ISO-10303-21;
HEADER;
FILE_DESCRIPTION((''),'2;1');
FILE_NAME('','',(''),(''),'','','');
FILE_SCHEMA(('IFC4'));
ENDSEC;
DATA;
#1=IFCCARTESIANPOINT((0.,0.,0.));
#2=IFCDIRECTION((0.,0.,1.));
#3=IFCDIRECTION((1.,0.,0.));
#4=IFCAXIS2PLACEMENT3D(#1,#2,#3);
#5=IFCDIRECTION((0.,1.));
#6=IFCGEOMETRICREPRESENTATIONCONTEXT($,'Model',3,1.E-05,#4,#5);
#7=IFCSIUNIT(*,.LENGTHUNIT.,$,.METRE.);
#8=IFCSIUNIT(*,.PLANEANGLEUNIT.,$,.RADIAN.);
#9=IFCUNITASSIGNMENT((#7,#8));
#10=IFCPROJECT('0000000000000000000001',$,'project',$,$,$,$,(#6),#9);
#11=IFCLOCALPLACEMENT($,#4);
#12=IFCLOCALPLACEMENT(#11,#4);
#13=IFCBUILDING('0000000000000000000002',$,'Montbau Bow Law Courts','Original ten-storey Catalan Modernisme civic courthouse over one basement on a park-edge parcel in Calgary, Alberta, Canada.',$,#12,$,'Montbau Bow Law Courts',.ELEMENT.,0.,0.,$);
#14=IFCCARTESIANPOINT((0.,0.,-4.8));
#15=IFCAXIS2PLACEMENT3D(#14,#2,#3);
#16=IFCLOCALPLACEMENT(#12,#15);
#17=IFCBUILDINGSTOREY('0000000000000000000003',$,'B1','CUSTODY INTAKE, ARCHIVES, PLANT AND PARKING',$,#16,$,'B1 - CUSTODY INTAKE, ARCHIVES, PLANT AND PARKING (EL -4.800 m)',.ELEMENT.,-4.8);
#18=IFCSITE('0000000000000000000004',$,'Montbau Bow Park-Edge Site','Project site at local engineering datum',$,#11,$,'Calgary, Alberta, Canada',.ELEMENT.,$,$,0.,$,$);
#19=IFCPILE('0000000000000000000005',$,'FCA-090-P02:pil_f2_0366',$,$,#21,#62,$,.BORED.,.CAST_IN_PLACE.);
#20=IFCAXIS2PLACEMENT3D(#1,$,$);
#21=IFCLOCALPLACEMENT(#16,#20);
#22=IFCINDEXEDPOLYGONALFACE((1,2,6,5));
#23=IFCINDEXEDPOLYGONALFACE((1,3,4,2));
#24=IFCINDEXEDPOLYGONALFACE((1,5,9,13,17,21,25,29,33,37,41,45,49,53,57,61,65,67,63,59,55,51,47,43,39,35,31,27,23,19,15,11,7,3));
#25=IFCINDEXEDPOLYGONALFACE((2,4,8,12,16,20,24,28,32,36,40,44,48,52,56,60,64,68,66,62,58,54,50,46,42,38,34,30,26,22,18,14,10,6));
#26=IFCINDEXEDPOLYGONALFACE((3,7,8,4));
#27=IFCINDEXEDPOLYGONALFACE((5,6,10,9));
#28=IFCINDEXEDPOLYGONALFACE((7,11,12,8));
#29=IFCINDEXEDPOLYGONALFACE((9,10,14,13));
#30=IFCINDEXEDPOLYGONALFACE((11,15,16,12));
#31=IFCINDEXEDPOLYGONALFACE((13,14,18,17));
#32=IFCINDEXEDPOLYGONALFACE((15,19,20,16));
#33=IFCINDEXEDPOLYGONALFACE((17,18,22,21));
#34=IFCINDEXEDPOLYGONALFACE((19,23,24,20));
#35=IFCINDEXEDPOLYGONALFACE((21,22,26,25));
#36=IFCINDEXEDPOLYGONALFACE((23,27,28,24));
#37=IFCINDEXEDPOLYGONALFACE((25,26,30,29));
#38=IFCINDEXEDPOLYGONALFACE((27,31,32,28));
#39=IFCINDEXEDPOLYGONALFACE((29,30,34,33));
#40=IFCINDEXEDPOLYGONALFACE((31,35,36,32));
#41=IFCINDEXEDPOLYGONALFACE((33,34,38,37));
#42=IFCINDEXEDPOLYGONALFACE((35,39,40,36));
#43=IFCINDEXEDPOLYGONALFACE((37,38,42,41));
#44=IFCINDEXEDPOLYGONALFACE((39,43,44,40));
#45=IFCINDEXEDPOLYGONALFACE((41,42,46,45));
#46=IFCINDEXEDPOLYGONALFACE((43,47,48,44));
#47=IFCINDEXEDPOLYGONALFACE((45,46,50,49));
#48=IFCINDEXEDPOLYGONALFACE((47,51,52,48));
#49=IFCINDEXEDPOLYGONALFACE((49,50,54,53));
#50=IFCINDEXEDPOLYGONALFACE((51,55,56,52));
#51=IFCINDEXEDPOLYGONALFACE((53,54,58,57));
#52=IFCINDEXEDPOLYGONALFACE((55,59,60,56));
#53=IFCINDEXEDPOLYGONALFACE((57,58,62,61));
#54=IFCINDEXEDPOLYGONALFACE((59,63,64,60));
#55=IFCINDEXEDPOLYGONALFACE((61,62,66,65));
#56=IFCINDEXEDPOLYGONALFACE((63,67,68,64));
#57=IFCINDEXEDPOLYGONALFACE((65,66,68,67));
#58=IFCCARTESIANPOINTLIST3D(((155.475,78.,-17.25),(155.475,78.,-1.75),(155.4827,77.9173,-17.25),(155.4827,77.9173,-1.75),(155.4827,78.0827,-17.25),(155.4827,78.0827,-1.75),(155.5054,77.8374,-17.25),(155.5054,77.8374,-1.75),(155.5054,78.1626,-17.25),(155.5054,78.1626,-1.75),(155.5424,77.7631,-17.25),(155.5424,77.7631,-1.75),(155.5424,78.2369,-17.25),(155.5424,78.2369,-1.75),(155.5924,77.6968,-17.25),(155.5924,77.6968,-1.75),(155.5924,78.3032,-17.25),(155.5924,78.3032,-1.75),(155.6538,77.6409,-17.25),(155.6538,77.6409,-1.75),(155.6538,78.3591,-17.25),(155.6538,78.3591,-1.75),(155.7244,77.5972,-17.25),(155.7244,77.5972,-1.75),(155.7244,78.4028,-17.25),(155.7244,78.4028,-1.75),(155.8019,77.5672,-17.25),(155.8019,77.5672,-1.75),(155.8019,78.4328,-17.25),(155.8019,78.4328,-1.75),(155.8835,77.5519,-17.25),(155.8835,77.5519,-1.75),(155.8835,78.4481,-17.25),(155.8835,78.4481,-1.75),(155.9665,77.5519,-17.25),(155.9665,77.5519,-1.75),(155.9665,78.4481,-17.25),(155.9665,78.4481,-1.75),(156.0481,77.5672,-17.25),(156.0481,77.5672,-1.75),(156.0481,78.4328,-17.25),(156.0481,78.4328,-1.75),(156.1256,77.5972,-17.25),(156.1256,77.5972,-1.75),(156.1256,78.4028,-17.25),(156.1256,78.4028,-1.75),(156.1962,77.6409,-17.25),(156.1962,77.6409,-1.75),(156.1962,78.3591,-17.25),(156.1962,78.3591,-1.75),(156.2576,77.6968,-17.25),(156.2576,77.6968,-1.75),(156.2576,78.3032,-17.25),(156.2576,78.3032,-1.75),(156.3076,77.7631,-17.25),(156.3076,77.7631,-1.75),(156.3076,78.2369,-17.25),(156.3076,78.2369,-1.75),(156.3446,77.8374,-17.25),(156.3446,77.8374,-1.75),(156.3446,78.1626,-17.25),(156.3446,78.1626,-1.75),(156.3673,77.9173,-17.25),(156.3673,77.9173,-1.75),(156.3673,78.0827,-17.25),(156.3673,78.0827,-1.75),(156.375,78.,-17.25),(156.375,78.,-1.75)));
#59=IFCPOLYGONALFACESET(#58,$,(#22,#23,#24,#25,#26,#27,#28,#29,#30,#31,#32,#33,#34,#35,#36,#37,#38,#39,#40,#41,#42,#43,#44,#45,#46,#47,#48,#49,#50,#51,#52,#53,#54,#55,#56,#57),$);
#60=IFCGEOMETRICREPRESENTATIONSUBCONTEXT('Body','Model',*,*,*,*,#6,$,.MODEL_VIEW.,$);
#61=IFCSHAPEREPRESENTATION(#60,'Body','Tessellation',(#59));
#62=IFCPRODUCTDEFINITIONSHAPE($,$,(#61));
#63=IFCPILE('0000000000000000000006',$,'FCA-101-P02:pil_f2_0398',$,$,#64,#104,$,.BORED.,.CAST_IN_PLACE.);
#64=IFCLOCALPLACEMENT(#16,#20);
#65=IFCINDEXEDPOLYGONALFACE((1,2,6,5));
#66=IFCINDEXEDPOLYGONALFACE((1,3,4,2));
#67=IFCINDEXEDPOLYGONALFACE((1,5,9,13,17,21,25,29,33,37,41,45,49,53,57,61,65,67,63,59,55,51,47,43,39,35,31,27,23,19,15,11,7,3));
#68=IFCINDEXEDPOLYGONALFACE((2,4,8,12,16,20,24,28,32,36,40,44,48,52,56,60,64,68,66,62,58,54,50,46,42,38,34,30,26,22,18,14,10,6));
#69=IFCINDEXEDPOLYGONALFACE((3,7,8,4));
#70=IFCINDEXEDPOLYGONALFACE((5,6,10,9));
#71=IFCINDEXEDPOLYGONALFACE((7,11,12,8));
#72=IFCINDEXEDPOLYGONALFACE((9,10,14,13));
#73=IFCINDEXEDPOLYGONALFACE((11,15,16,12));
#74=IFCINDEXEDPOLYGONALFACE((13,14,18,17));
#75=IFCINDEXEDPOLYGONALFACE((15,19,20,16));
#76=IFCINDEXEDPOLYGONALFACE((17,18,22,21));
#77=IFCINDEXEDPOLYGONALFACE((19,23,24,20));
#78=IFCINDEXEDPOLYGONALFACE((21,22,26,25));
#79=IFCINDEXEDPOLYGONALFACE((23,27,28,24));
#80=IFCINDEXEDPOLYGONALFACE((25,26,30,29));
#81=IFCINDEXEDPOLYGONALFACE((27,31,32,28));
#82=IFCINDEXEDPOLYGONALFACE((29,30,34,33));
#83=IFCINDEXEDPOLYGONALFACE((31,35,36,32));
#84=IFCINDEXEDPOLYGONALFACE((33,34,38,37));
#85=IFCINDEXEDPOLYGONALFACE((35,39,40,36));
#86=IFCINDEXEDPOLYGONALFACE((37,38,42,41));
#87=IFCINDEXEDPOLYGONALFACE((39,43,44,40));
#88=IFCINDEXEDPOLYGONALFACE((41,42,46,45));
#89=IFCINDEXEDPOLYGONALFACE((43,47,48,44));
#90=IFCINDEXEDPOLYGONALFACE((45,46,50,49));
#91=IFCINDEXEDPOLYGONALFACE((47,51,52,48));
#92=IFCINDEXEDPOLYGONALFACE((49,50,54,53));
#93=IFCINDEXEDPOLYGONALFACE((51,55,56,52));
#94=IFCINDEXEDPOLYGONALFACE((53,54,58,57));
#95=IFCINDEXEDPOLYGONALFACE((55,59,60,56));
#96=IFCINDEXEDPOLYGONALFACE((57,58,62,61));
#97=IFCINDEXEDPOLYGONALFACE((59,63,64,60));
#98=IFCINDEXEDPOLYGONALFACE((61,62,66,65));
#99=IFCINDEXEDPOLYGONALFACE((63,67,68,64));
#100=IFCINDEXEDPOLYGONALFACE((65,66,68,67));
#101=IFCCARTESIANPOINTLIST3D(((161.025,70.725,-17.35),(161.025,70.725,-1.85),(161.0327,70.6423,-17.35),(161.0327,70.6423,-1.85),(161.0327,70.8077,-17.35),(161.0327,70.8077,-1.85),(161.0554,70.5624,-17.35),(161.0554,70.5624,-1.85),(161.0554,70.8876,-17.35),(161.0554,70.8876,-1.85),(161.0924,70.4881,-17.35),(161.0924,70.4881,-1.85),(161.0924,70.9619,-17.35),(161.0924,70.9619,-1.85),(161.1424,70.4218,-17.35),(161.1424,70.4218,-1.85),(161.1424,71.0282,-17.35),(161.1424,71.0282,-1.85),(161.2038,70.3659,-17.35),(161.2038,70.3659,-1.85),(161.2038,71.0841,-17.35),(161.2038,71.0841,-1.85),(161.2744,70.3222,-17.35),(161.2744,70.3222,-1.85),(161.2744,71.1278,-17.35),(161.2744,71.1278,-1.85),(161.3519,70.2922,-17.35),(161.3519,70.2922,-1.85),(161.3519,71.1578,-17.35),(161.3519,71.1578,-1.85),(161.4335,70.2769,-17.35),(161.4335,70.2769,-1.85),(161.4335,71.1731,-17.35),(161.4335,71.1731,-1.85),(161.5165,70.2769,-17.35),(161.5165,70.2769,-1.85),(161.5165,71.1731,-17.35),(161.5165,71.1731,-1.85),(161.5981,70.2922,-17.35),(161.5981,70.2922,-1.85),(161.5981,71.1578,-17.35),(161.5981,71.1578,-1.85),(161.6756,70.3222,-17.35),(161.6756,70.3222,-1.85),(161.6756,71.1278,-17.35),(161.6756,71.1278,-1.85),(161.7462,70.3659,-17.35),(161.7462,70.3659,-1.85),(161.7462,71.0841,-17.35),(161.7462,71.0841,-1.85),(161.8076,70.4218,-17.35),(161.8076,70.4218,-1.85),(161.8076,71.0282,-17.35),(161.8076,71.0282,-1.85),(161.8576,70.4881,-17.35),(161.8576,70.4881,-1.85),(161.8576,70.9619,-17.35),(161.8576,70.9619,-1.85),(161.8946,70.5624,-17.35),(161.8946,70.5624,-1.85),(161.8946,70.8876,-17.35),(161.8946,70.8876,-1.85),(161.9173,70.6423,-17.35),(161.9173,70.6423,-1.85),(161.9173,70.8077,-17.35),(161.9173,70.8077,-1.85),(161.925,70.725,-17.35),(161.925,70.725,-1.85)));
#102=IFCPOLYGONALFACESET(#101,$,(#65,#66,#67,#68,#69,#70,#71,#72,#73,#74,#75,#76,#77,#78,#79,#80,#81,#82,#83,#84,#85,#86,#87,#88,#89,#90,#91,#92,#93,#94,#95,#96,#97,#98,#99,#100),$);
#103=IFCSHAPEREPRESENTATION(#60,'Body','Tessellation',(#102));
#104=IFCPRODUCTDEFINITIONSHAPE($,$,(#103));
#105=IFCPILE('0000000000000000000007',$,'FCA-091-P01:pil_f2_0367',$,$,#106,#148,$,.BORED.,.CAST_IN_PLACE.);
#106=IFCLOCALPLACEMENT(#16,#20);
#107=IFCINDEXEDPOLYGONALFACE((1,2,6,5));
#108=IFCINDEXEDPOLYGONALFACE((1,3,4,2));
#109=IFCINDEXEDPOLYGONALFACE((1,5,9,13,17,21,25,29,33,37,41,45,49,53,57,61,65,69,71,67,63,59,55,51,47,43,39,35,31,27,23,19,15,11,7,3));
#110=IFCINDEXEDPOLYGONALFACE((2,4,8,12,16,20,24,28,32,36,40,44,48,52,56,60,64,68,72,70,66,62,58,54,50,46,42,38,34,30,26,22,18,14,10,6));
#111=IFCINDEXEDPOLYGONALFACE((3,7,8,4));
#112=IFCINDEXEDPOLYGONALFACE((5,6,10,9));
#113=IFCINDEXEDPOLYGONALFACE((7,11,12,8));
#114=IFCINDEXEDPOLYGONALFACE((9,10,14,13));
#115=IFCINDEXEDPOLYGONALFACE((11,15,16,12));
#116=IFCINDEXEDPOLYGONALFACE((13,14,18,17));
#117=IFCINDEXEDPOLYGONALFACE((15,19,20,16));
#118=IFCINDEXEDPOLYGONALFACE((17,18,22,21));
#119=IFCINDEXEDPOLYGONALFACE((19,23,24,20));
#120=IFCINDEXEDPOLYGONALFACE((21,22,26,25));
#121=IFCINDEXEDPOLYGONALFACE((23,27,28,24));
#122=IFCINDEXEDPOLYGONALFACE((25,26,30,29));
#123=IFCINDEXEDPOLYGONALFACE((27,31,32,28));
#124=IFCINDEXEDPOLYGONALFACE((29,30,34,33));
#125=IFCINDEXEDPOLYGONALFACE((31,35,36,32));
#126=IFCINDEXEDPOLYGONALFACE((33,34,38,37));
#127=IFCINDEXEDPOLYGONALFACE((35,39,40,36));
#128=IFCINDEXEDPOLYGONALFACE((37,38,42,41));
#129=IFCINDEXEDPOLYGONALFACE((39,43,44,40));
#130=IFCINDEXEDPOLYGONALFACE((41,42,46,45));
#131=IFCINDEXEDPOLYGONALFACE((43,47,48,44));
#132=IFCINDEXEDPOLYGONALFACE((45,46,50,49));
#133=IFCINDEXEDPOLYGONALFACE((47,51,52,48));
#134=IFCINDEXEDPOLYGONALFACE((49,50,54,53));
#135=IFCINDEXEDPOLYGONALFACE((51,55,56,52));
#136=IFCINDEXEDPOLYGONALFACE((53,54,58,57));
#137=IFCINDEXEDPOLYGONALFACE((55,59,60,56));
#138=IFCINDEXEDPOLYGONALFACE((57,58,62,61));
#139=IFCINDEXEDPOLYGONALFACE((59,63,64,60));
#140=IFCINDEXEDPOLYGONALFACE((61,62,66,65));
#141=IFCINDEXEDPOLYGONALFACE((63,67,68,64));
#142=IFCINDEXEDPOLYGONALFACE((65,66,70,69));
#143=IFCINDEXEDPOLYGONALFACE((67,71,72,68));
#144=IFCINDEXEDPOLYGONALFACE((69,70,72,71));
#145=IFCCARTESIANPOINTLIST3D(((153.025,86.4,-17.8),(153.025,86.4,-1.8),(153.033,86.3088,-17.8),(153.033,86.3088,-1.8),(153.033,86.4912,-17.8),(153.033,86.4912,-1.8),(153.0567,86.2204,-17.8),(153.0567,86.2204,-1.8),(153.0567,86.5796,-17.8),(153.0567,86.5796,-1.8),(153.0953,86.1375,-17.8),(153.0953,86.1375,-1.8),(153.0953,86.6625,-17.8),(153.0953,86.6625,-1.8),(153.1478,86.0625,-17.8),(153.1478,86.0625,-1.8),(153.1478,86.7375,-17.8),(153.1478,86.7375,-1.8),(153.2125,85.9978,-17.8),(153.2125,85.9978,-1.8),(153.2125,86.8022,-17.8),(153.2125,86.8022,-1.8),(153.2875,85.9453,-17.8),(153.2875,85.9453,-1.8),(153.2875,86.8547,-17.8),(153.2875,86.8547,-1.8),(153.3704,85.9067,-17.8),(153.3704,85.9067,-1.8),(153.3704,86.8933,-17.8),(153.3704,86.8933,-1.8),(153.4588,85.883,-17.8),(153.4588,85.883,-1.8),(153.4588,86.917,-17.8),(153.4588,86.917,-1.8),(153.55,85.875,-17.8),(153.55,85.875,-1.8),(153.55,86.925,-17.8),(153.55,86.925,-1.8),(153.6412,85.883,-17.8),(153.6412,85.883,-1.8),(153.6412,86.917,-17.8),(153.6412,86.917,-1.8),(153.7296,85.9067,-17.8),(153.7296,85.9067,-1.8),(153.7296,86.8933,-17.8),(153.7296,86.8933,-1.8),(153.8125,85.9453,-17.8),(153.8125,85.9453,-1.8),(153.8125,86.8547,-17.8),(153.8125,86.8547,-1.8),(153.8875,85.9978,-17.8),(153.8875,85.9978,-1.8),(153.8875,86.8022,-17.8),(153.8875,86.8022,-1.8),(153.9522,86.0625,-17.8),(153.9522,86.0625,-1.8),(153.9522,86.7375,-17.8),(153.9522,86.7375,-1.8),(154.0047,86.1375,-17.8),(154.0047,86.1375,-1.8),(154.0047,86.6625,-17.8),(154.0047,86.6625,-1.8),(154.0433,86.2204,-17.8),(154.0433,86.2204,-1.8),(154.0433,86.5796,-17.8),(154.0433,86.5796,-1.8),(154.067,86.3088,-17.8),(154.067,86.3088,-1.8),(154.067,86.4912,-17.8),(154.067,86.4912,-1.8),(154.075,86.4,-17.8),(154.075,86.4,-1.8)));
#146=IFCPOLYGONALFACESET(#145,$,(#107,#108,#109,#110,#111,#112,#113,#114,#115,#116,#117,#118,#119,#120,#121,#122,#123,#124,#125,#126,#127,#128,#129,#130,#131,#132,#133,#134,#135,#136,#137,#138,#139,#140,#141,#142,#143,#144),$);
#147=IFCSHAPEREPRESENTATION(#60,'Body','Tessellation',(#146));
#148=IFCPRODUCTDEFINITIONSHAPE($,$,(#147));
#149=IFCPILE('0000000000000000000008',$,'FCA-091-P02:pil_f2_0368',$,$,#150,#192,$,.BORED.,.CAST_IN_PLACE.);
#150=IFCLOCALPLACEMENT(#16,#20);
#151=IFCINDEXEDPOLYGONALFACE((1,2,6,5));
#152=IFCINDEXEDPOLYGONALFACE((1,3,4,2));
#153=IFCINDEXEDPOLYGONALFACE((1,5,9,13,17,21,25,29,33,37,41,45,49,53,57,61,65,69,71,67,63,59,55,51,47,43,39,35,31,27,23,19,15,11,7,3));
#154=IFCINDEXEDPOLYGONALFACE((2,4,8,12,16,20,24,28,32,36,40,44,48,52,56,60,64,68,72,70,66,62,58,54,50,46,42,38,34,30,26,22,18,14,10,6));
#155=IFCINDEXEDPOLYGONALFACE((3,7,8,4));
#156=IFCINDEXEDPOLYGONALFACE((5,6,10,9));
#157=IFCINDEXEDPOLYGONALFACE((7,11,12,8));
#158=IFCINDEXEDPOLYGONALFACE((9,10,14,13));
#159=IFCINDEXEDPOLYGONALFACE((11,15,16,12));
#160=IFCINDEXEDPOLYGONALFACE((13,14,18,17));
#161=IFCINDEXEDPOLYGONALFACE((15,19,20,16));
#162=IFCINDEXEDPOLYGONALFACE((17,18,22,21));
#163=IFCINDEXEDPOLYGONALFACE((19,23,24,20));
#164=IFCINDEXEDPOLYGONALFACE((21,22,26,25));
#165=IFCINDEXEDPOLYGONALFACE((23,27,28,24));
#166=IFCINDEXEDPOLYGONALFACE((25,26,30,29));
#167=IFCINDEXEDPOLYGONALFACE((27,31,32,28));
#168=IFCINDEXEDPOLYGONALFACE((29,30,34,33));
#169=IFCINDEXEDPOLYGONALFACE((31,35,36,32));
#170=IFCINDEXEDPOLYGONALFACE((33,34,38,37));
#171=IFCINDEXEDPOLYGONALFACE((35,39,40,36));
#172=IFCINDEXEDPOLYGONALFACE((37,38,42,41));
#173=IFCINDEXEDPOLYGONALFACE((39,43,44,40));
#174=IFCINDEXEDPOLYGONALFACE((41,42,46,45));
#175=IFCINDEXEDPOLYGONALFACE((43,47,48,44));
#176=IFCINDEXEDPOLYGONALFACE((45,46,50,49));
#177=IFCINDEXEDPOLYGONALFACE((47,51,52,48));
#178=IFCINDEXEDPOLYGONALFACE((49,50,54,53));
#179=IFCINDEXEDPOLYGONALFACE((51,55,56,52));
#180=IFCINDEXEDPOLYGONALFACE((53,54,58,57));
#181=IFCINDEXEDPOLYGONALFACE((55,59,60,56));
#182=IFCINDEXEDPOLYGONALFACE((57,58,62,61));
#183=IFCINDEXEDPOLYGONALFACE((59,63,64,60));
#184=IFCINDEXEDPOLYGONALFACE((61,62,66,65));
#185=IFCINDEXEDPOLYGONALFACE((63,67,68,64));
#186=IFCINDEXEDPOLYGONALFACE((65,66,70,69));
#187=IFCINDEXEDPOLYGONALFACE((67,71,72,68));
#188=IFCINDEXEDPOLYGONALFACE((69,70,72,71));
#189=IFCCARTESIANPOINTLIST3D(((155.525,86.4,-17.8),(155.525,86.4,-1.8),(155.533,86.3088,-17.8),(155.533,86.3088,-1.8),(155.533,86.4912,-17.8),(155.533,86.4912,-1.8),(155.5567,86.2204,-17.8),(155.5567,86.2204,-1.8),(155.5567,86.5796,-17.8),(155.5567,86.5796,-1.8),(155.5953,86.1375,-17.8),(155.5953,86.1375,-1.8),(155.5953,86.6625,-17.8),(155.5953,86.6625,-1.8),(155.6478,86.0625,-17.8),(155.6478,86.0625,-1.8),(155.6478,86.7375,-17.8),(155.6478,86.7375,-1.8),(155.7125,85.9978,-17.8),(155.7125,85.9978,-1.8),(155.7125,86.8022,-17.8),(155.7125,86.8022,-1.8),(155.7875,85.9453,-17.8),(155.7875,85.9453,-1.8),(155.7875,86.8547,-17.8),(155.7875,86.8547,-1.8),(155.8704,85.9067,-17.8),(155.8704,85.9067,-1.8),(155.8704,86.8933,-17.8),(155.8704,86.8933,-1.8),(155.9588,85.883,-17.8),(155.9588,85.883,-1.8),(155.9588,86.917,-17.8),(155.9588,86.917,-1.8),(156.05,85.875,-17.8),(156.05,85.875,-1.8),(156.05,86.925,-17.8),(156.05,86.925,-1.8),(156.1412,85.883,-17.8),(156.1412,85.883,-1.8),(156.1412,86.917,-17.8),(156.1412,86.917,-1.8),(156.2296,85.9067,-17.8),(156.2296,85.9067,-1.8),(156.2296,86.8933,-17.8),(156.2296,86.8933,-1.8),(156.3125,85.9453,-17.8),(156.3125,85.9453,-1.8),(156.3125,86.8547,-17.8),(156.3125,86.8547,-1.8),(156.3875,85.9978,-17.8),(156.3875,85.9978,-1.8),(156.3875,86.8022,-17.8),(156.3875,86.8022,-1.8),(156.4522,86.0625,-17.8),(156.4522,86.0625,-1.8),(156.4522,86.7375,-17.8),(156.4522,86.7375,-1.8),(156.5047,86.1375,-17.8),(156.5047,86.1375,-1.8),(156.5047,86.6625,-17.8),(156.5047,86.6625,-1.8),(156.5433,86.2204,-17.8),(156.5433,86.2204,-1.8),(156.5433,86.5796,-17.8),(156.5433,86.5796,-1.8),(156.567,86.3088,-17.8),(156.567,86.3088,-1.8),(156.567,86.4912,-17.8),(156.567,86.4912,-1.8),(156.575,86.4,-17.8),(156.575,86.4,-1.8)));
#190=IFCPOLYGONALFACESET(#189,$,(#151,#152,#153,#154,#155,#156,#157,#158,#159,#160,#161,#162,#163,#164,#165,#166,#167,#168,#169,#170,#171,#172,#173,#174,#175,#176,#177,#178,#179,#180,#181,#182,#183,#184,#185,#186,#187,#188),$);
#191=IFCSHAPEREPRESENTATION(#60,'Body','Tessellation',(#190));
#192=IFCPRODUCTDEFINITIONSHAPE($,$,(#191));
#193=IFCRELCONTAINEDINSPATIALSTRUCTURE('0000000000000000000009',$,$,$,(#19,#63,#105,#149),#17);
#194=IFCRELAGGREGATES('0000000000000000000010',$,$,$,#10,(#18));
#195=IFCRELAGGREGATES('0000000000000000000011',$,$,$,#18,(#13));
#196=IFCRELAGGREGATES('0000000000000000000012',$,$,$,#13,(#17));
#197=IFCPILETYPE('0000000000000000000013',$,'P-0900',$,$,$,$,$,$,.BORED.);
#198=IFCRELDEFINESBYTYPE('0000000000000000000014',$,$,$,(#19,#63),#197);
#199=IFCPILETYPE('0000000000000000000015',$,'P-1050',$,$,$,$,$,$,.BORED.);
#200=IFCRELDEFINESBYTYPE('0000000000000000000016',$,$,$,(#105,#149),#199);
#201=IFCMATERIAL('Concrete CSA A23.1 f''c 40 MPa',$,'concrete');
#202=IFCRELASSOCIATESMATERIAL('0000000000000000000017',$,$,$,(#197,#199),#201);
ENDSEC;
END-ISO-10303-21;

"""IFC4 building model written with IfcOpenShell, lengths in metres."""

from ifc_helpers import new_model, si_unit, direction, frame, origin_with_axes, origin_2d_with_axis, place, context, subcontext, project, spatial, circle, extrude, material, material_profile, profile_set, type_object, element, save


model = new_model("IFC4")

# Units and contexts
model_context = context("Model", 3, precision=1e-05, world=origin_with_axes(), true_north=direction((0.0, 1.0)))
body_context = subcontext(model_context, "Body", "Model", "MODEL_VIEW")
ifc_project = project(units=[si_unit("LENGTHUNIT", "METRE"), si_unit("PLANEANGLEUNIT", "RADIAN")], contexts=[model_context])

# Site, building, storey
site_placement = place(None, origin_with_axes())
site = spatial("IfcSite", under=ifc_project, at=site_placement, Name="Montbau Bow Park-Edge Site", Description="Project site at local engineering datum", LongName="Calgary, Alberta, Canada", CompositionType="ELEMENT", RefElevation=0.0)
building_placement = place(site_placement, origin_with_axes())
building = spatial("IfcBuilding", under=site, at=building_placement, Name="Montbau Bow Law Courts", Description="Original ten-storey Catalan Modernisme civic courthouse over one basement on a park-edge parcel in Calgary, Alberta, Canada.", LongName="Montbau Bow Law Courts", CompositionType="ELEMENT", ElevationOfRefHeight=0.0, ElevationOfTerrain=0.0)
storey_placement = place(building_placement, frame((0.0, 0.0, -4.8), z_axis=(0.0, 0.0, 1.0), x_axis=(1.0, 0.0, 0.0)))
storey = spatial("IfcBuildingStorey", under=building, at=storey_placement, Name="B1", Description="CUSTODY INTAKE, ARCHIVES, PLANT AND PARKING", LongName="B1 - CUSTODY INTAKE, ARCHIVES, PLANT AND PARKING (EL -4.800 m)", CompositionType="ELEMENT", Elevation=-4.8)

# Piles
ifc_material_1 = material(Name="Concrete CSA A23.1 f'c 40 MPa", Category="concrete")
ifc_material_profile_1 = material_profile(ifc_material_1, circle(Radius=0.45, at=origin_2d_with_axis()), Name="BP900", Category="Main", Priority=0)
ifc_profile_set_1 = profile_set([ifc_material_profile_1], Name="Concrete CSA A23.1 f'c 40 MPa")
pile_type_1 = type_object("IfcPileType", Name="P-0900", PredefinedType="BORED", material=ifc_profile_set_1)
for number, where, z_axis, x_axis, name in (
    (1, (155.925, 78.0, -22.05), (0.0, 0.0, 1.0), (1.0, 0.0, 0.0), "FCA-090-P02:pil_f2_0366"),
    (2, (161.475, 70.725, -22.15), (0.0, 0.0, 1.0), (1.0, 0.0, 0.0), "FCA-101-P02:pil_f2_0398"),
):
    element("IfcPile", number, at=place(None, frame(where, z_axis=z_axis, x_axis=x_axis)), inside=storey, type_object=pile_type_1, Name=name, ConstructionType="CAST_IN_PLACE", PredefinedType="BORED", context=body_context, shape_type="SweptSolid", body=[
        extrude(circle(Radius=0.45, at=origin_2d_with_axis()), origin_with_axes(), (0.0, 0.0, 1.0), 15.5),
    ])
ifc_material_profile_2 = material_profile(ifc_material_1, circle(Radius=0.525, at=origin_2d_with_axis()), Name="BP1050", Category="Main", Priority=0)
ifc_profile_set_2 = profile_set([ifc_material_profile_2], Name="Concrete CSA A23.1 f'c 40 MPa")
pile_type_2 = type_object("IfcPileType", Name="P-1050", PredefinedType="BORED", material=ifc_profile_set_2)
for number, where, z_axis, x_axis, name in (
    (3, (153.55, 86.4, -22.6), (0.0, 0.0, 1.0), (1.0, 0.0, 0.0), "FCA-091-P01:pil_f2_0367"),
    (4, (156.05, 86.4, -22.6), (0.0, 0.0, 1.0), (1.0, 0.0, 0.0), "FCA-091-P02:pil_f2_0368"),
):
    element("IfcPile", number, at=place(None, frame(where, z_axis=z_axis, x_axis=x_axis)), inside=storey, type_object=pile_type_2, Name=name, ConstructionType="CAST_IN_PLACE", PredefinedType="BORED", context=body_context, shape_type="SweptSolid", body=[
        extrude(circle(Radius=0.525, at=origin_2d_with_axis()), origin_with_axes(), (0.0, 0.0, 1.0), 16.0),
    ])

save(model, "model.ifc")
